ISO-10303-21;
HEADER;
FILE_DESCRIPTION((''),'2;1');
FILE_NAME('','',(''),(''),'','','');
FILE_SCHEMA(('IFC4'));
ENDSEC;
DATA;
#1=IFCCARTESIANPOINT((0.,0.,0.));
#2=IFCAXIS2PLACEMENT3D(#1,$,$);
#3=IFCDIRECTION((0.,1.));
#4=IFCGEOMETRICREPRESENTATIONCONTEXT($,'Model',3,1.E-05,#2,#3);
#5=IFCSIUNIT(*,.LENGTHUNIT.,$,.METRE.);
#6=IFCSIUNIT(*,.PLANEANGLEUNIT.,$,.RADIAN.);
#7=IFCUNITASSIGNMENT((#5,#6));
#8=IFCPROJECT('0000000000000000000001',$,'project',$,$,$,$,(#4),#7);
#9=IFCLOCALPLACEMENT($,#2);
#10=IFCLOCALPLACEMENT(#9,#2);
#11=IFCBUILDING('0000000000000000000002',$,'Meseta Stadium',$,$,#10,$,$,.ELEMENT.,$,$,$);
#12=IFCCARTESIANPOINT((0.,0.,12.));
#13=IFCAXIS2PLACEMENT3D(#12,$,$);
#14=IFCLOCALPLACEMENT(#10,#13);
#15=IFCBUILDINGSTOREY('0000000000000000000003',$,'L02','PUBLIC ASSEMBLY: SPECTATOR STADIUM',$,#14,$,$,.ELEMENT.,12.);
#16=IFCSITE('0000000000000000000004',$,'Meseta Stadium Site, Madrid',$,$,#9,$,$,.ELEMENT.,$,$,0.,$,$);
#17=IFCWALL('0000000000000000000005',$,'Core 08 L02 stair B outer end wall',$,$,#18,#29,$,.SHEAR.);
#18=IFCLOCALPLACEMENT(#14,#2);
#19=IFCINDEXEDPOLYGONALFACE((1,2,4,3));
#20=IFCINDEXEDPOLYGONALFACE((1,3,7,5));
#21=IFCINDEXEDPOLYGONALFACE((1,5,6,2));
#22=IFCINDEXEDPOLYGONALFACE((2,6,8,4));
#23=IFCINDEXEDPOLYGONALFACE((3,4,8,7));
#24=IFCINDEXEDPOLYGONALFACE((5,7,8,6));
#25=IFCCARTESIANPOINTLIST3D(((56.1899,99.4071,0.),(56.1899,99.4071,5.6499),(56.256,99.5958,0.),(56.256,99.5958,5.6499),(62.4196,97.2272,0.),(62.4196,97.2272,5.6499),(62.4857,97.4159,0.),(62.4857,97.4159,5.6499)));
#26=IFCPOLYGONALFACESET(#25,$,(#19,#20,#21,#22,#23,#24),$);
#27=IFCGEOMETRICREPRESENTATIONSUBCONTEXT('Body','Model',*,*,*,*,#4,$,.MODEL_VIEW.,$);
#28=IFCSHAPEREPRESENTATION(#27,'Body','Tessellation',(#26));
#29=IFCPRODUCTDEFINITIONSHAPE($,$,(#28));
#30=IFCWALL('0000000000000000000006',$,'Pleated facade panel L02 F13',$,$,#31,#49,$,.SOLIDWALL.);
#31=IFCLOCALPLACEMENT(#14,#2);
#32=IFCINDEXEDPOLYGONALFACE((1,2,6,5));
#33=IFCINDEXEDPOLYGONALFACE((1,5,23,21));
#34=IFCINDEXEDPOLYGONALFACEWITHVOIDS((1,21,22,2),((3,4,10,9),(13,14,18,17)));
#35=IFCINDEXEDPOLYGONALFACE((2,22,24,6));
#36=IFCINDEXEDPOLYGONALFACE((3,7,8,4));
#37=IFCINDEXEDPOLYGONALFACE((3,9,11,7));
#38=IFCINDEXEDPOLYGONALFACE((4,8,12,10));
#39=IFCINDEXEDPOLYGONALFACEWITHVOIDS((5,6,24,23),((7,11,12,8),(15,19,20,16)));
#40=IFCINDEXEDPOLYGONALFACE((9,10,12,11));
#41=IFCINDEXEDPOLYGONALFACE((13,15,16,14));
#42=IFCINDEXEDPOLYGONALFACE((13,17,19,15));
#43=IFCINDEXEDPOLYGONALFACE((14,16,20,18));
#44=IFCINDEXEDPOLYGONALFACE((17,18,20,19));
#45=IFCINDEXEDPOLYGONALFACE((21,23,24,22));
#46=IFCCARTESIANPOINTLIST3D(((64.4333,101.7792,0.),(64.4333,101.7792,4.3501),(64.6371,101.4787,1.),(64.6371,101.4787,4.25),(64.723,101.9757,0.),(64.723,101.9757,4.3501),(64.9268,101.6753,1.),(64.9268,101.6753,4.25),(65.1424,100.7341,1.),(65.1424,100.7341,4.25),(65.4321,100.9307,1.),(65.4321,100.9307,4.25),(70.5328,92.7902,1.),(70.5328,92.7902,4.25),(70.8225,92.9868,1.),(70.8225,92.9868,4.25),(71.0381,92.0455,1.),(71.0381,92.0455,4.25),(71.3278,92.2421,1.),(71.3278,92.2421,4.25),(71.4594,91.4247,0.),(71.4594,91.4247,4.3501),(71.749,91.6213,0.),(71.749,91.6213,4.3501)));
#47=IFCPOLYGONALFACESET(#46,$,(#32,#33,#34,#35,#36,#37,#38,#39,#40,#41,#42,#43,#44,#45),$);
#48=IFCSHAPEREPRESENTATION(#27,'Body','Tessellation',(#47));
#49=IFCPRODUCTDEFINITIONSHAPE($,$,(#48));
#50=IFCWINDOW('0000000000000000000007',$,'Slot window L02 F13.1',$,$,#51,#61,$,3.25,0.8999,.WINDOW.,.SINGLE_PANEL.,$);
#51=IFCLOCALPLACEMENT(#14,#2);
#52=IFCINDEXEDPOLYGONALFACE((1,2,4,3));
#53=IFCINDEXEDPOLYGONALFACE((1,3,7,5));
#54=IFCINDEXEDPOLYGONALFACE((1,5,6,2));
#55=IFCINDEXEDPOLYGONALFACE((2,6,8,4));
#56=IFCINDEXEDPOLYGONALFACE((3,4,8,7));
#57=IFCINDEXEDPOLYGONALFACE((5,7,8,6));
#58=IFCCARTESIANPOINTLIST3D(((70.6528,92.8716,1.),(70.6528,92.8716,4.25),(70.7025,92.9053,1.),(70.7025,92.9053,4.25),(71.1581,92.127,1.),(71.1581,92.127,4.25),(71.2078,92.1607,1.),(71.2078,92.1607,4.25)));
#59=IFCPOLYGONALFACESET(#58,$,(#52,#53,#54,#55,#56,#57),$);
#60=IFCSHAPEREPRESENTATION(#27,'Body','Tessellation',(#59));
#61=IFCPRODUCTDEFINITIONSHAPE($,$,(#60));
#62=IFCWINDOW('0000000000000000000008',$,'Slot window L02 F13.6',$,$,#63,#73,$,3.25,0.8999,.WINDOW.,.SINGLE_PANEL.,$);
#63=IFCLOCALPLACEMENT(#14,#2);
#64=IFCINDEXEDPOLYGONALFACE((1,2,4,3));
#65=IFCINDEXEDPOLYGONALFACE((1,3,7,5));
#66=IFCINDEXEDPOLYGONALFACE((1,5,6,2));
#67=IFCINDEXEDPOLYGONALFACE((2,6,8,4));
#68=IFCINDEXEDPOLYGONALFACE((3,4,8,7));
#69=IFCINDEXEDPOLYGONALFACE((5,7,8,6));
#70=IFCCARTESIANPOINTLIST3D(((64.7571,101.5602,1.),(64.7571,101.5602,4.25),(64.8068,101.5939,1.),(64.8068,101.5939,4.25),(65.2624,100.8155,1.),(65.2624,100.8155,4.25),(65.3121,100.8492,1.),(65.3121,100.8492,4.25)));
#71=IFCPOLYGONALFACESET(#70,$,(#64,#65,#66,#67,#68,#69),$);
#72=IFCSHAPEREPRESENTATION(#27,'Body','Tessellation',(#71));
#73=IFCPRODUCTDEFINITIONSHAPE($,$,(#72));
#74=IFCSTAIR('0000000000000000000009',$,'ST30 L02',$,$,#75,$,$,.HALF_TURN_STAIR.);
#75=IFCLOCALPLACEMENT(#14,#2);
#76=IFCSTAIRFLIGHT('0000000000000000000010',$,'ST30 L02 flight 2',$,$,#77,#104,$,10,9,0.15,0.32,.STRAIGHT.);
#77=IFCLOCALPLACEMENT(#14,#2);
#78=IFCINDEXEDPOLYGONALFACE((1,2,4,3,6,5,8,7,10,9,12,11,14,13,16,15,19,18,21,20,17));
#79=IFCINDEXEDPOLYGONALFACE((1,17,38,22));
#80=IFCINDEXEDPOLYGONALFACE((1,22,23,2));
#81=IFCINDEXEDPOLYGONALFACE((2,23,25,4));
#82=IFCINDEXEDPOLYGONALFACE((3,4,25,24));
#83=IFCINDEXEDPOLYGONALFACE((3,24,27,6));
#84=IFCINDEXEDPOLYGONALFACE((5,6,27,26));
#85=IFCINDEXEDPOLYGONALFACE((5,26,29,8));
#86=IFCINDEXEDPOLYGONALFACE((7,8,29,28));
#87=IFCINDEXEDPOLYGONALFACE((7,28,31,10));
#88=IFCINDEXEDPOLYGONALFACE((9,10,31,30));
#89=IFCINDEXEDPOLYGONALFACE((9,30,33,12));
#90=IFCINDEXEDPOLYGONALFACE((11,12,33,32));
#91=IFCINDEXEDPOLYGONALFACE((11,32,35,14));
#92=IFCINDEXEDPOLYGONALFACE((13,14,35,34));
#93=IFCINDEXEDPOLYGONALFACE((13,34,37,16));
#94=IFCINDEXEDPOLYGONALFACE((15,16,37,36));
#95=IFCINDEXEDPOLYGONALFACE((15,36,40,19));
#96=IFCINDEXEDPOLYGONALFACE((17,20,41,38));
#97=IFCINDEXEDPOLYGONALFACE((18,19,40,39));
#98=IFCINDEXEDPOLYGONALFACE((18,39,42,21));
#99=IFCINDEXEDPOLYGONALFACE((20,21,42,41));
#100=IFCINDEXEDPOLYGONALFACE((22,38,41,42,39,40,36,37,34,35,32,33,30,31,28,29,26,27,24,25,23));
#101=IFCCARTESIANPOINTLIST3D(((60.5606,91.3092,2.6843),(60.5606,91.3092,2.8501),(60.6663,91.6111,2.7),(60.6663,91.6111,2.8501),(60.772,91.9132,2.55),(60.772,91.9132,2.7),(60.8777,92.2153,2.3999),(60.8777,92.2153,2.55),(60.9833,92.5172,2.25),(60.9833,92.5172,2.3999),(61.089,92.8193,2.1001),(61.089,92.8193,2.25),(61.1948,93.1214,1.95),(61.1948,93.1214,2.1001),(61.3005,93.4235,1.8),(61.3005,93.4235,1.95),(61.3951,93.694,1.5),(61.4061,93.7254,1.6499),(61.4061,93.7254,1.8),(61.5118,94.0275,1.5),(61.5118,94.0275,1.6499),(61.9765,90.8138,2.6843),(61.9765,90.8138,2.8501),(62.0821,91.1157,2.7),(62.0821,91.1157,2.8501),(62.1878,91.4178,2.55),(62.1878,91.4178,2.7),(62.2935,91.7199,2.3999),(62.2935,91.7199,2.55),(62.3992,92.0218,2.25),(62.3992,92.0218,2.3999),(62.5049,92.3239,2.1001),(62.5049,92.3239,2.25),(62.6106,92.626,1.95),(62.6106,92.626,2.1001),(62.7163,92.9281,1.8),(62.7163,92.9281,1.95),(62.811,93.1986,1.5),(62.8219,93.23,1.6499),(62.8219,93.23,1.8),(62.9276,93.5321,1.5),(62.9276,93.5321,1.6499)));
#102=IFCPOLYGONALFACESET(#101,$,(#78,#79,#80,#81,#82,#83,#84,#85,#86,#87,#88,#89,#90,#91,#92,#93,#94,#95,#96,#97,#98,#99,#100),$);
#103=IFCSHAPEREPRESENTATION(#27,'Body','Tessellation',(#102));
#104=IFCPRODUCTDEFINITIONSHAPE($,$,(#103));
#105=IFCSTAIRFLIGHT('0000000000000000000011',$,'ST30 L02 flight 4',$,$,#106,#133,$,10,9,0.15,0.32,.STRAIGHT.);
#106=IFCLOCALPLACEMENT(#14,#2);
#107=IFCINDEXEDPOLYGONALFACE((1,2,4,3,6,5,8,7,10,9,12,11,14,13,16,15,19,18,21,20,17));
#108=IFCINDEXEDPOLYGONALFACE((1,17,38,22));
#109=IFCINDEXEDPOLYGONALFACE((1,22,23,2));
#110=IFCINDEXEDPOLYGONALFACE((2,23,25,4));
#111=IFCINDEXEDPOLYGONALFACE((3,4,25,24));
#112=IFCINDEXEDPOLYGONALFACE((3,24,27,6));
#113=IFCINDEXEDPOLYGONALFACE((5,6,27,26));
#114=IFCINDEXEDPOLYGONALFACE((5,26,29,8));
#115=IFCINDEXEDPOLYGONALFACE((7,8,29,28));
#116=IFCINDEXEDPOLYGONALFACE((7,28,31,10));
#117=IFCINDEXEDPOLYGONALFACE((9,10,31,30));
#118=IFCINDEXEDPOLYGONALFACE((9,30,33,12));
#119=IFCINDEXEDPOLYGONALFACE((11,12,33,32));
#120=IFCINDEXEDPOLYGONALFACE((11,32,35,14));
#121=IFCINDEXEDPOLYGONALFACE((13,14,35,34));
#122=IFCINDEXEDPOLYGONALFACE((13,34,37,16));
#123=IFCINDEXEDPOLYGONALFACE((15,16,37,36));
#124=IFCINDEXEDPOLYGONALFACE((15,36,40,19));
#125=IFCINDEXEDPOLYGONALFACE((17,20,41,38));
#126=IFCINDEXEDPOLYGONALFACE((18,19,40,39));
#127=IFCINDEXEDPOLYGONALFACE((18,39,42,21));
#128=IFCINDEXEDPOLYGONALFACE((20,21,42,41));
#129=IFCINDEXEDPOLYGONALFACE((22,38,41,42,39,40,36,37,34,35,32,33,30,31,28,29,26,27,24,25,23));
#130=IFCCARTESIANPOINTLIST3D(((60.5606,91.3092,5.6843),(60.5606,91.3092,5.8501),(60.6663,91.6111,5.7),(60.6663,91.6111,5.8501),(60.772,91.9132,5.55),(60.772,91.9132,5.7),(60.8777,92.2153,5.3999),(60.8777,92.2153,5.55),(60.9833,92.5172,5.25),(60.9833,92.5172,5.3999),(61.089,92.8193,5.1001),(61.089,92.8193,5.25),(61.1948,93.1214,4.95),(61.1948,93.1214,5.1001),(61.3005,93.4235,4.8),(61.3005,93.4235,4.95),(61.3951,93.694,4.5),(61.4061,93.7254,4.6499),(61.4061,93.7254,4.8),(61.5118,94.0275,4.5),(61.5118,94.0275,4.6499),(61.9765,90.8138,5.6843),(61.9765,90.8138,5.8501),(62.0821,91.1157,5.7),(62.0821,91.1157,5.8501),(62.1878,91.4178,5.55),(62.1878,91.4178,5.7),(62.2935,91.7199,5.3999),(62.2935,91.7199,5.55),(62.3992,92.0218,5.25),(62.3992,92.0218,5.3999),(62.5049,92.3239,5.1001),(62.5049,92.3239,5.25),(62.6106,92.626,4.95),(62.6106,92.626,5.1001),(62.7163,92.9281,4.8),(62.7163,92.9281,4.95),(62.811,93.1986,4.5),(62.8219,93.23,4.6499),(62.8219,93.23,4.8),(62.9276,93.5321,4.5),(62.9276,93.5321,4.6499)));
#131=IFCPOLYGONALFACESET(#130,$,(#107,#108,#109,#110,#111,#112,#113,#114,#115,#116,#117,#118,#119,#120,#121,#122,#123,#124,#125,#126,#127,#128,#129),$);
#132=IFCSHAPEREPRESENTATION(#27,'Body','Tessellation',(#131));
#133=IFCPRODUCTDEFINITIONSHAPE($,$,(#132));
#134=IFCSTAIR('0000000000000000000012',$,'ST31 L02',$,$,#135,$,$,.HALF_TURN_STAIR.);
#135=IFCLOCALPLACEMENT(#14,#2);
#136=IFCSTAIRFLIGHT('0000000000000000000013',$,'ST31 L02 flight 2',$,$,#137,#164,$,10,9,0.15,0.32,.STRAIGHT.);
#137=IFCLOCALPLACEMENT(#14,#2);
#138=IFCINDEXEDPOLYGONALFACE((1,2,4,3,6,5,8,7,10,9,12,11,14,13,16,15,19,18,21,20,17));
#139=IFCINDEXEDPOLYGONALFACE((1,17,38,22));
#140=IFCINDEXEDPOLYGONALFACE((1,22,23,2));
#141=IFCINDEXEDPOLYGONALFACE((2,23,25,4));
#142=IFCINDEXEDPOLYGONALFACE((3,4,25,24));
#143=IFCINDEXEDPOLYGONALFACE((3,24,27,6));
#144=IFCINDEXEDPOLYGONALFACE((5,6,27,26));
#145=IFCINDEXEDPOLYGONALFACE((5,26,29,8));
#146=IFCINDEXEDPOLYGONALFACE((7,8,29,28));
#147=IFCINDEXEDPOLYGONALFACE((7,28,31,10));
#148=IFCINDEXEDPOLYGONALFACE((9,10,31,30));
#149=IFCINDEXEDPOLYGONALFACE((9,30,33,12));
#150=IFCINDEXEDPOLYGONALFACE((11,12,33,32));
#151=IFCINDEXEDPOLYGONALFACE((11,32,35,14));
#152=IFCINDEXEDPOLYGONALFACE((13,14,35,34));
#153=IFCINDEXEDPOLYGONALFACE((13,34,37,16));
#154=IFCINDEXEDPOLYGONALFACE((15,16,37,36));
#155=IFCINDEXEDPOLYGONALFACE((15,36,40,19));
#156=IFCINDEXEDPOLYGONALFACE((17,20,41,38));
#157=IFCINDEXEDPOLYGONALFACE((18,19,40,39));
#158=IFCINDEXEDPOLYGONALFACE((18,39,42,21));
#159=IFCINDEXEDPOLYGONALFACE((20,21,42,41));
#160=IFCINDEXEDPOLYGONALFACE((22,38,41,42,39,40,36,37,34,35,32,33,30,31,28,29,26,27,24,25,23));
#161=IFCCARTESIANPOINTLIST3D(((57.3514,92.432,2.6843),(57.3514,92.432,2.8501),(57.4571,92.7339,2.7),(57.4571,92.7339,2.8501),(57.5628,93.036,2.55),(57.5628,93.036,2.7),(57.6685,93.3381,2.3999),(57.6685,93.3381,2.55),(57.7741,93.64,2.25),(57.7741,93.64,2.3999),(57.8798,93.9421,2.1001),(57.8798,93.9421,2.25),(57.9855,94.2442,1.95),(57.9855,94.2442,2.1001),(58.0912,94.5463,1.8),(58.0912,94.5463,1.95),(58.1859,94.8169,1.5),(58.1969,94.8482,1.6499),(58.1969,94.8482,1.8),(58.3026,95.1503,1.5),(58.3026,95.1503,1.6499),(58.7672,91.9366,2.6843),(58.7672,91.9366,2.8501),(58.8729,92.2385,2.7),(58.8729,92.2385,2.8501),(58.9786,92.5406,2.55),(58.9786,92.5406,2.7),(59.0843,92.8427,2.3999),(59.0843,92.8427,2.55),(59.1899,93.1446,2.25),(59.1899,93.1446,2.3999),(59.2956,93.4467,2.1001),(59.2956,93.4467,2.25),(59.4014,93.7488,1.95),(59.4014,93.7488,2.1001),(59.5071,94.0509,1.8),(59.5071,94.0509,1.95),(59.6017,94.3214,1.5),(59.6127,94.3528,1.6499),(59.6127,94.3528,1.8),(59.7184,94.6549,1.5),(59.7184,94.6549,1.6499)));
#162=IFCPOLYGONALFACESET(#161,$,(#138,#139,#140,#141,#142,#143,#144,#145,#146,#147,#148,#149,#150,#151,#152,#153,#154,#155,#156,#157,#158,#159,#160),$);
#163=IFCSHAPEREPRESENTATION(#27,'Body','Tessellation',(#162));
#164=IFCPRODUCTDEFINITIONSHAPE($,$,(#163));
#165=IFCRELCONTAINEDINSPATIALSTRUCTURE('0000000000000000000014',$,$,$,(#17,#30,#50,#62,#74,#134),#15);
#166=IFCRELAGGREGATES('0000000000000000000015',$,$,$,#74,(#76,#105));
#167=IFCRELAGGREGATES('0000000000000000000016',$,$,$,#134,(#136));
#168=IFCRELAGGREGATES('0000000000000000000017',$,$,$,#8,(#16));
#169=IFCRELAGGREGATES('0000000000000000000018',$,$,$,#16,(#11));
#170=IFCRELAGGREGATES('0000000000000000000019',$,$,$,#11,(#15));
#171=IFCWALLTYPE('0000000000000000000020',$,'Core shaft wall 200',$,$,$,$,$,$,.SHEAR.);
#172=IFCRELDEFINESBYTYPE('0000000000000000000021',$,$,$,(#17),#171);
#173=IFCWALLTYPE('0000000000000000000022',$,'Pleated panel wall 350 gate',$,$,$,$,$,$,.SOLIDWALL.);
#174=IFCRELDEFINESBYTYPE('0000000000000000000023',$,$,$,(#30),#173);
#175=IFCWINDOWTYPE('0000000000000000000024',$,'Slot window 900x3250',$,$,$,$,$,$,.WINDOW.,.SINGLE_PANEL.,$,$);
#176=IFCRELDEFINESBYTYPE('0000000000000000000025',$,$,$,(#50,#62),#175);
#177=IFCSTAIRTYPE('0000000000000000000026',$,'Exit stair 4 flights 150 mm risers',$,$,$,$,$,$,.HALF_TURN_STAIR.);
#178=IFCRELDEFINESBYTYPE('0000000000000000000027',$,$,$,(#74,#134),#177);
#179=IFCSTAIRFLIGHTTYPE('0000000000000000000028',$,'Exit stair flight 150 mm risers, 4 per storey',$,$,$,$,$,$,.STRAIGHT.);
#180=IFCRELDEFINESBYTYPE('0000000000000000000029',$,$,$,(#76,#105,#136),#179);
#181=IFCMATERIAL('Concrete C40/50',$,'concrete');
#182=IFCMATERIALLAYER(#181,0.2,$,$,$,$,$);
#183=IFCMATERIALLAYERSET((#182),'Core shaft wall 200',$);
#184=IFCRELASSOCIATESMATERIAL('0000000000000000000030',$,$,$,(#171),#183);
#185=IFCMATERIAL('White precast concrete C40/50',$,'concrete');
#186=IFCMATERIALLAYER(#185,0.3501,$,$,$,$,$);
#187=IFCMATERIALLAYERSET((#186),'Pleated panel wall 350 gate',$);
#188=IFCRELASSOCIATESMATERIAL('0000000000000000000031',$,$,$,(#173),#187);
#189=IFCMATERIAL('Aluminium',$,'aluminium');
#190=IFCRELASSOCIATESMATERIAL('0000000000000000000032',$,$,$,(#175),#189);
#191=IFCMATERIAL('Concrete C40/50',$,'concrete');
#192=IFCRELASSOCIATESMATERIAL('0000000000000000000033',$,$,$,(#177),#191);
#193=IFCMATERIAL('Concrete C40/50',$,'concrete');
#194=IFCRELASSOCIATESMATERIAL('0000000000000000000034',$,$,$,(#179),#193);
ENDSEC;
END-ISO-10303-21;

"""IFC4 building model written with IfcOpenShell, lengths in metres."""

from ifc_helpers import new_model, si_unit, direction, frame, frame_2d, origin, place, context, subcontext, project, spatial, polyline, rectangle, outline, extrude, material, layer, layer_set, type_object, element, fill, aggregate, save


model = new_model("IFC4")

# Units and contexts
model_context = context("Model", 3, precision=1e-05, world=origin(), true_north=direction((0.0, 1.0)))
body_context = subcontext(model_context, "Body", "Model", "MODEL_VIEW")
ifc_project = project(units=[si_unit("LENGTHUNIT", "METRE"), si_unit("PLANEANGLEUNIT", "RADIAN")], contexts=[model_context])

# Site, building, storey
site_placement = place(None, origin())
site = spatial("IfcSite", under=ifc_project, at=site_placement, Name="Meseta Stadium Site, Madrid", CompositionType="ELEMENT", RefElevation=0.0)
building_placement = place(site_placement, origin())
building = spatial("IfcBuilding", under=site, at=building_placement, Name="Meseta Stadium", CompositionType="ELEMENT")
storey_placement = place(building_placement, frame((0.0, 0.0, 12.0)))
storey = spatial("IfcBuildingStorey", under=building, at=storey_placement, Name="L02", Description="PUBLIC ASSEMBLY: SPECTATOR STADIUM", CompositionType="ELEMENT", Elevation=12.0)

# Wall
ifc_material_1 = material(Name="Concrete C40/50", Category="concrete")
ifc_layer_1 = layer(ifc_material_1, 0.2)
ifc_layer_set_1 = layer_set([ifc_layer_1], Name="Core shaft wall 200")
wall_type_1 = type_object("IfcWallType", Name="Core shaft wall 200", PredefinedType="SHEAR", material=ifc_layer_set_1)
wall_1_placement = place(storey_placement, frame((62.4526, 97.3215, 0.0), z_axis=(0.0, 0.0, 1.0), x_axis=(-0.943881, 0.330286, 0.0)))
element("IfcWall", 1, at=wall_1_placement, inside=storey, type_object=wall_type_1, Name="Core 08 L02 stair B outer end wall", PredefinedType="SHEAR", context=body_context, shape_type="SweptSolid", body=[
    extrude(rectangle(XDim=6.6001, YDim=0.2, at=frame_2d((3.3, 0.0))), origin(), (0.0, 0.0, 1.0), 5.6499),
])

# Wall, openings, windows
ifc_material_2 = material(Name="White precast concrete C40/50", Category="concrete")
ifc_layer_2 = layer(ifc_material_2, 0.3501)
ifc_layer_set_2 = layer_set([ifc_layer_2], Name="Pleated panel wall 350 gate")
wall_type_2 = type_object("IfcWallType", Name="Pleated panel wall 350 gate", PredefinedType="SOLIDWALL", material=ifc_layer_set_2)
wall_2_placement = place(storey_placement, frame((64.5781, 101.8774, 0.0), z_axis=(0.0, 0.0, 1.0), x_axis=(0.561494, -0.827481, 0.0)))
wall_2 = element("IfcWall", 2, at=wall_2_placement, inside=storey, type_object=wall_type_2, Name="Pleated facade panel L02 F13", PredefinedType="SOLIDWALL", context=body_context, shape_type="SweptSolid", body=[
    extrude(rectangle(XDim=12.5132, YDim=0.3501, at=frame_2d((6.2566, 0.0))), origin(), (0.0, 0.0, 1.0), 4.3501),
])
opening_1_placement = place(wall_2_placement, frame((10.863, 0.0, 1.0)))
opening_1 = element("IfcOpeningElement", 3, at=opening_1_placement, cuts=wall_2, PredefinedType="OPENING", context=body_context, shape_type="SweptSolid", body=[
    extrude(rectangle(XDim=0.8999, YDim=3.25, at=frame_2d((0.45, 1.625))), frame((0.0, 0.1851, 0.0), z_axis=(0.0, -1.0, 0.0), x_axis=(1.0, 0.0, 0.0)), (0.0, 0.0, 1.0), 0.3701),
])
opening_2_placement = place(wall_2_placement, frame((0.363, 0.0, 1.0)))
opening_2 = element("IfcOpeningElement", 4, at=opening_2_placement, cuts=wall_2, PredefinedType="OPENING", context=body_context, shape_type="SweptSolid", body=[
    extrude(rectangle(XDim=0.8999, YDim=3.25, at=frame_2d((0.45, 1.625))), frame((0.0, 0.1851, 0.0), z_axis=(0.0, -1.0, 0.0), x_axis=(1.0, 0.0, 0.0)), (0.0, 0.0, 1.0), 0.3701),
])
ifc_material_3 = material(Name="Aluminium", Category="aluminium")
window_type = type_object("IfcWindowType", Name="Slot window 900x3250", PartitioningType="SINGLE_PANEL", PredefinedType="WINDOW", material=ifc_material_3)
window_1_placement = place(opening_1_placement, origin())
window_1 = element("IfcWindow", 5, at=window_1_placement, inside=storey, type_object=window_type, Name="Slot window L02 F13.1", OverallHeight=3.25, OverallWidth=0.8999, PartitioningType="SINGLE_PANEL", PredefinedType="WINDOW", context=body_context, shape_type="SweptSolid", body=[
    extrude(rectangle(XDim=0.8999, YDim=3.25, at=frame_2d((0.45, 1.625))), frame((0.0, 0.03, 0.0), z_axis=(0.0, -1.0, 0.0), x_axis=(1.0, 0.0, 0.0)), (0.0, 0.0, 1.0), 0.0601),
])
fill(opening_1, window_1)
window_2_placement = place(opening_2_placement, origin())
window_2 = element("IfcWindow", 6, at=window_2_placement, inside=storey, type_object=window_type, Name="Slot window L02 F13.6", OverallHeight=3.25, OverallWidth=0.8999, PartitioningType="SINGLE_PANEL", PredefinedType="WINDOW", context=body_context, shape_type="SweptSolid", body=[
    extrude(rectangle(XDim=0.8999, YDim=3.25, at=frame_2d((0.45, 1.625))), frame((0.0, 0.03, 0.0), z_axis=(0.0, -1.0, 0.0), x_axis=(1.0, 0.0, 0.0)), (0.0, 0.0, 1.0), 0.0601),
])
fill(opening_2, window_2)

# Stairs, stair flights
ifc_material_4 = material(Name="Concrete C40/50", Category="concrete")
stair_type = type_object("IfcStairType", Name="Exit stair 4 flights 150 mm risers", PredefinedType="HALF_TURN_STAIR", material=ifc_material_4)
stair_1_placement = place(storey_placement, origin())
stair_1 = element("IfcStair", 7, at=stair_1_placement, inside=storey, type_object=stair_type, Name="ST30 L02", PredefinedType="HALF_TURN_STAIR")
ifc_material_5 = material(Name="Concrete C40/50", Category="concrete")
stair_flight_type = type_object("IfcStairFlightType", Name="Exit stair flight 150 mm risers, 4 per storey", PredefinedType="STRAIGHT", material=ifc_material_5)
stair_flight_1_placement = place(storey_placement, frame((62.2197, 93.7798, 1.5), z_axis=(0.0, 0.0, 1.0), x_axis=(-0.330279, -0.943883, 0.0)))
stair_flight_1 = element("IfcStairFlight", 8, at=stair_flight_1_placement, type_object=stair_flight_type, Name="ST30 L02 flight 2", NumberOfRisers=10, NumberOfTreads=9, PredefinedType="STRAIGHT", RiserHeight=0.15, TreadLength=0.32, context=body_context, shape_type="SweptSolid", body=[
    extrude(outline(polyline([(0.0, 0.0), (0.0, 0.1499), (0.3201, 0.1499), (0.3201, 0.3), (0.6399, 0.3), (0.6399, 0.45), (0.96, 0.45), (0.96, 0.6001), (1.28, 0.6001), (1.28, 0.75), (1.6001, 0.75), (1.6001, 0.8999), (1.9199, 0.8999), (1.9199, 1.05), (2.24, 1.05), (2.24, 1.2), (2.5601, 1.2), (2.5601, 1.3501), (2.8799, 1.3501), (2.8799, 1.1843), (0.3533, 0.0), (0.0, 0.0)])), frame((0.0, 0.75, 0.0), z_axis=(0.0, -1.0, 0.0), x_axis=(1.0, 0.0, 0.0)), (0.0, 0.0, 1.0), 1.5),
])
stair_flight_2_placement = place(storey_placement, frame((62.2197, 93.7798, 4.5), z_axis=(0.0, 0.0, 1.0), x_axis=(-0.330279, -0.943883, 0.0)))
stair_flight_2 = element("IfcStairFlight", 9, at=stair_flight_2_placement, type_object=stair_flight_type, Name="ST30 L02 flight 4", NumberOfRisers=10, NumberOfTreads=9, PredefinedType="STRAIGHT", RiserHeight=0.15, TreadLength=0.32, context=body_context, shape_type="SweptSolid", body=[
    extrude(outline(polyline([(0.0, 0.0), (0.0, 0.1499), (0.3201, 0.1499), (0.3201, 0.3), (0.6399, 0.3), (0.6399, 0.45), (0.96, 0.45), (0.96, 0.6001), (1.28, 0.6001), (1.28, 0.75), (1.6001, 0.75), (1.6001, 0.8999), (1.9199, 0.8999), (1.9199, 1.05), (2.24, 1.05), (2.24, 1.2), (2.5601, 1.2), (2.5601, 1.3501), (2.8799, 1.3501), (2.8799, 1.1843), (0.3533, 0.0), (0.0, 0.0)])), frame((0.0, 0.75, 0.0), z_axis=(0.0, -1.0, 0.0), x_axis=(1.0, 0.0, 0.0)), (0.0, 0.0, 1.0), 1.5),
])
aggregate(stair_1, [stair_flight_1, stair_flight_2])
stair_2_placement = place(storey_placement, origin())
stair_2 = element("IfcStair", 10, at=stair_2_placement, inside=storey, type_object=stair_type, Name="ST31 L02", PredefinedType="HALF_TURN_STAIR")
stair_flight_3_placement = place(storey_placement, frame((59.0105, 94.9026, 1.5), z_axis=(0.0, 0.0, 1.0), x_axis=(-0.330279, -0.943883, 0.0)))
stair_flight_3 = element("IfcStairFlight", 11, at=stair_flight_3_placement, type_object=stair_flight_type, Name="ST31 L02 flight 2", NumberOfRisers=10, NumberOfTreads=9, PredefinedType="STRAIGHT", RiserHeight=0.15, TreadLength=0.32, context=body_context, shape_type="SweptSolid", body=[
    extrude(outline(polyline([(0.0, 0.0), (0.0, 0.1499), (0.3201, 0.1499), (0.3201, 0.3), (0.6399, 0.3), (0.6399, 0.45), (0.96, 0.45), (0.96, 0.6001), (1.28, 0.6001), (1.28, 0.75), (1.6001, 0.75), (1.6001, 0.8999), (1.9199, 0.8999), (1.9199, 1.05), (2.24, 1.05), (2.24, 1.2), (2.5601, 1.2), (2.5601, 1.3501), (2.8799, 1.3501), (2.8799, 1.1843), (0.3533, 0.0), (0.0, 0.0)])), frame((0.0, 0.75, 0.0), z_axis=(0.0, -1.0, 0.0), x_axis=(1.0, 0.0, 0.0)), (0.0, 0.0, 1.0), 1.5),
])
aggregate(stair_2, [stair_flight_3])

save(model, "model.ifc")
